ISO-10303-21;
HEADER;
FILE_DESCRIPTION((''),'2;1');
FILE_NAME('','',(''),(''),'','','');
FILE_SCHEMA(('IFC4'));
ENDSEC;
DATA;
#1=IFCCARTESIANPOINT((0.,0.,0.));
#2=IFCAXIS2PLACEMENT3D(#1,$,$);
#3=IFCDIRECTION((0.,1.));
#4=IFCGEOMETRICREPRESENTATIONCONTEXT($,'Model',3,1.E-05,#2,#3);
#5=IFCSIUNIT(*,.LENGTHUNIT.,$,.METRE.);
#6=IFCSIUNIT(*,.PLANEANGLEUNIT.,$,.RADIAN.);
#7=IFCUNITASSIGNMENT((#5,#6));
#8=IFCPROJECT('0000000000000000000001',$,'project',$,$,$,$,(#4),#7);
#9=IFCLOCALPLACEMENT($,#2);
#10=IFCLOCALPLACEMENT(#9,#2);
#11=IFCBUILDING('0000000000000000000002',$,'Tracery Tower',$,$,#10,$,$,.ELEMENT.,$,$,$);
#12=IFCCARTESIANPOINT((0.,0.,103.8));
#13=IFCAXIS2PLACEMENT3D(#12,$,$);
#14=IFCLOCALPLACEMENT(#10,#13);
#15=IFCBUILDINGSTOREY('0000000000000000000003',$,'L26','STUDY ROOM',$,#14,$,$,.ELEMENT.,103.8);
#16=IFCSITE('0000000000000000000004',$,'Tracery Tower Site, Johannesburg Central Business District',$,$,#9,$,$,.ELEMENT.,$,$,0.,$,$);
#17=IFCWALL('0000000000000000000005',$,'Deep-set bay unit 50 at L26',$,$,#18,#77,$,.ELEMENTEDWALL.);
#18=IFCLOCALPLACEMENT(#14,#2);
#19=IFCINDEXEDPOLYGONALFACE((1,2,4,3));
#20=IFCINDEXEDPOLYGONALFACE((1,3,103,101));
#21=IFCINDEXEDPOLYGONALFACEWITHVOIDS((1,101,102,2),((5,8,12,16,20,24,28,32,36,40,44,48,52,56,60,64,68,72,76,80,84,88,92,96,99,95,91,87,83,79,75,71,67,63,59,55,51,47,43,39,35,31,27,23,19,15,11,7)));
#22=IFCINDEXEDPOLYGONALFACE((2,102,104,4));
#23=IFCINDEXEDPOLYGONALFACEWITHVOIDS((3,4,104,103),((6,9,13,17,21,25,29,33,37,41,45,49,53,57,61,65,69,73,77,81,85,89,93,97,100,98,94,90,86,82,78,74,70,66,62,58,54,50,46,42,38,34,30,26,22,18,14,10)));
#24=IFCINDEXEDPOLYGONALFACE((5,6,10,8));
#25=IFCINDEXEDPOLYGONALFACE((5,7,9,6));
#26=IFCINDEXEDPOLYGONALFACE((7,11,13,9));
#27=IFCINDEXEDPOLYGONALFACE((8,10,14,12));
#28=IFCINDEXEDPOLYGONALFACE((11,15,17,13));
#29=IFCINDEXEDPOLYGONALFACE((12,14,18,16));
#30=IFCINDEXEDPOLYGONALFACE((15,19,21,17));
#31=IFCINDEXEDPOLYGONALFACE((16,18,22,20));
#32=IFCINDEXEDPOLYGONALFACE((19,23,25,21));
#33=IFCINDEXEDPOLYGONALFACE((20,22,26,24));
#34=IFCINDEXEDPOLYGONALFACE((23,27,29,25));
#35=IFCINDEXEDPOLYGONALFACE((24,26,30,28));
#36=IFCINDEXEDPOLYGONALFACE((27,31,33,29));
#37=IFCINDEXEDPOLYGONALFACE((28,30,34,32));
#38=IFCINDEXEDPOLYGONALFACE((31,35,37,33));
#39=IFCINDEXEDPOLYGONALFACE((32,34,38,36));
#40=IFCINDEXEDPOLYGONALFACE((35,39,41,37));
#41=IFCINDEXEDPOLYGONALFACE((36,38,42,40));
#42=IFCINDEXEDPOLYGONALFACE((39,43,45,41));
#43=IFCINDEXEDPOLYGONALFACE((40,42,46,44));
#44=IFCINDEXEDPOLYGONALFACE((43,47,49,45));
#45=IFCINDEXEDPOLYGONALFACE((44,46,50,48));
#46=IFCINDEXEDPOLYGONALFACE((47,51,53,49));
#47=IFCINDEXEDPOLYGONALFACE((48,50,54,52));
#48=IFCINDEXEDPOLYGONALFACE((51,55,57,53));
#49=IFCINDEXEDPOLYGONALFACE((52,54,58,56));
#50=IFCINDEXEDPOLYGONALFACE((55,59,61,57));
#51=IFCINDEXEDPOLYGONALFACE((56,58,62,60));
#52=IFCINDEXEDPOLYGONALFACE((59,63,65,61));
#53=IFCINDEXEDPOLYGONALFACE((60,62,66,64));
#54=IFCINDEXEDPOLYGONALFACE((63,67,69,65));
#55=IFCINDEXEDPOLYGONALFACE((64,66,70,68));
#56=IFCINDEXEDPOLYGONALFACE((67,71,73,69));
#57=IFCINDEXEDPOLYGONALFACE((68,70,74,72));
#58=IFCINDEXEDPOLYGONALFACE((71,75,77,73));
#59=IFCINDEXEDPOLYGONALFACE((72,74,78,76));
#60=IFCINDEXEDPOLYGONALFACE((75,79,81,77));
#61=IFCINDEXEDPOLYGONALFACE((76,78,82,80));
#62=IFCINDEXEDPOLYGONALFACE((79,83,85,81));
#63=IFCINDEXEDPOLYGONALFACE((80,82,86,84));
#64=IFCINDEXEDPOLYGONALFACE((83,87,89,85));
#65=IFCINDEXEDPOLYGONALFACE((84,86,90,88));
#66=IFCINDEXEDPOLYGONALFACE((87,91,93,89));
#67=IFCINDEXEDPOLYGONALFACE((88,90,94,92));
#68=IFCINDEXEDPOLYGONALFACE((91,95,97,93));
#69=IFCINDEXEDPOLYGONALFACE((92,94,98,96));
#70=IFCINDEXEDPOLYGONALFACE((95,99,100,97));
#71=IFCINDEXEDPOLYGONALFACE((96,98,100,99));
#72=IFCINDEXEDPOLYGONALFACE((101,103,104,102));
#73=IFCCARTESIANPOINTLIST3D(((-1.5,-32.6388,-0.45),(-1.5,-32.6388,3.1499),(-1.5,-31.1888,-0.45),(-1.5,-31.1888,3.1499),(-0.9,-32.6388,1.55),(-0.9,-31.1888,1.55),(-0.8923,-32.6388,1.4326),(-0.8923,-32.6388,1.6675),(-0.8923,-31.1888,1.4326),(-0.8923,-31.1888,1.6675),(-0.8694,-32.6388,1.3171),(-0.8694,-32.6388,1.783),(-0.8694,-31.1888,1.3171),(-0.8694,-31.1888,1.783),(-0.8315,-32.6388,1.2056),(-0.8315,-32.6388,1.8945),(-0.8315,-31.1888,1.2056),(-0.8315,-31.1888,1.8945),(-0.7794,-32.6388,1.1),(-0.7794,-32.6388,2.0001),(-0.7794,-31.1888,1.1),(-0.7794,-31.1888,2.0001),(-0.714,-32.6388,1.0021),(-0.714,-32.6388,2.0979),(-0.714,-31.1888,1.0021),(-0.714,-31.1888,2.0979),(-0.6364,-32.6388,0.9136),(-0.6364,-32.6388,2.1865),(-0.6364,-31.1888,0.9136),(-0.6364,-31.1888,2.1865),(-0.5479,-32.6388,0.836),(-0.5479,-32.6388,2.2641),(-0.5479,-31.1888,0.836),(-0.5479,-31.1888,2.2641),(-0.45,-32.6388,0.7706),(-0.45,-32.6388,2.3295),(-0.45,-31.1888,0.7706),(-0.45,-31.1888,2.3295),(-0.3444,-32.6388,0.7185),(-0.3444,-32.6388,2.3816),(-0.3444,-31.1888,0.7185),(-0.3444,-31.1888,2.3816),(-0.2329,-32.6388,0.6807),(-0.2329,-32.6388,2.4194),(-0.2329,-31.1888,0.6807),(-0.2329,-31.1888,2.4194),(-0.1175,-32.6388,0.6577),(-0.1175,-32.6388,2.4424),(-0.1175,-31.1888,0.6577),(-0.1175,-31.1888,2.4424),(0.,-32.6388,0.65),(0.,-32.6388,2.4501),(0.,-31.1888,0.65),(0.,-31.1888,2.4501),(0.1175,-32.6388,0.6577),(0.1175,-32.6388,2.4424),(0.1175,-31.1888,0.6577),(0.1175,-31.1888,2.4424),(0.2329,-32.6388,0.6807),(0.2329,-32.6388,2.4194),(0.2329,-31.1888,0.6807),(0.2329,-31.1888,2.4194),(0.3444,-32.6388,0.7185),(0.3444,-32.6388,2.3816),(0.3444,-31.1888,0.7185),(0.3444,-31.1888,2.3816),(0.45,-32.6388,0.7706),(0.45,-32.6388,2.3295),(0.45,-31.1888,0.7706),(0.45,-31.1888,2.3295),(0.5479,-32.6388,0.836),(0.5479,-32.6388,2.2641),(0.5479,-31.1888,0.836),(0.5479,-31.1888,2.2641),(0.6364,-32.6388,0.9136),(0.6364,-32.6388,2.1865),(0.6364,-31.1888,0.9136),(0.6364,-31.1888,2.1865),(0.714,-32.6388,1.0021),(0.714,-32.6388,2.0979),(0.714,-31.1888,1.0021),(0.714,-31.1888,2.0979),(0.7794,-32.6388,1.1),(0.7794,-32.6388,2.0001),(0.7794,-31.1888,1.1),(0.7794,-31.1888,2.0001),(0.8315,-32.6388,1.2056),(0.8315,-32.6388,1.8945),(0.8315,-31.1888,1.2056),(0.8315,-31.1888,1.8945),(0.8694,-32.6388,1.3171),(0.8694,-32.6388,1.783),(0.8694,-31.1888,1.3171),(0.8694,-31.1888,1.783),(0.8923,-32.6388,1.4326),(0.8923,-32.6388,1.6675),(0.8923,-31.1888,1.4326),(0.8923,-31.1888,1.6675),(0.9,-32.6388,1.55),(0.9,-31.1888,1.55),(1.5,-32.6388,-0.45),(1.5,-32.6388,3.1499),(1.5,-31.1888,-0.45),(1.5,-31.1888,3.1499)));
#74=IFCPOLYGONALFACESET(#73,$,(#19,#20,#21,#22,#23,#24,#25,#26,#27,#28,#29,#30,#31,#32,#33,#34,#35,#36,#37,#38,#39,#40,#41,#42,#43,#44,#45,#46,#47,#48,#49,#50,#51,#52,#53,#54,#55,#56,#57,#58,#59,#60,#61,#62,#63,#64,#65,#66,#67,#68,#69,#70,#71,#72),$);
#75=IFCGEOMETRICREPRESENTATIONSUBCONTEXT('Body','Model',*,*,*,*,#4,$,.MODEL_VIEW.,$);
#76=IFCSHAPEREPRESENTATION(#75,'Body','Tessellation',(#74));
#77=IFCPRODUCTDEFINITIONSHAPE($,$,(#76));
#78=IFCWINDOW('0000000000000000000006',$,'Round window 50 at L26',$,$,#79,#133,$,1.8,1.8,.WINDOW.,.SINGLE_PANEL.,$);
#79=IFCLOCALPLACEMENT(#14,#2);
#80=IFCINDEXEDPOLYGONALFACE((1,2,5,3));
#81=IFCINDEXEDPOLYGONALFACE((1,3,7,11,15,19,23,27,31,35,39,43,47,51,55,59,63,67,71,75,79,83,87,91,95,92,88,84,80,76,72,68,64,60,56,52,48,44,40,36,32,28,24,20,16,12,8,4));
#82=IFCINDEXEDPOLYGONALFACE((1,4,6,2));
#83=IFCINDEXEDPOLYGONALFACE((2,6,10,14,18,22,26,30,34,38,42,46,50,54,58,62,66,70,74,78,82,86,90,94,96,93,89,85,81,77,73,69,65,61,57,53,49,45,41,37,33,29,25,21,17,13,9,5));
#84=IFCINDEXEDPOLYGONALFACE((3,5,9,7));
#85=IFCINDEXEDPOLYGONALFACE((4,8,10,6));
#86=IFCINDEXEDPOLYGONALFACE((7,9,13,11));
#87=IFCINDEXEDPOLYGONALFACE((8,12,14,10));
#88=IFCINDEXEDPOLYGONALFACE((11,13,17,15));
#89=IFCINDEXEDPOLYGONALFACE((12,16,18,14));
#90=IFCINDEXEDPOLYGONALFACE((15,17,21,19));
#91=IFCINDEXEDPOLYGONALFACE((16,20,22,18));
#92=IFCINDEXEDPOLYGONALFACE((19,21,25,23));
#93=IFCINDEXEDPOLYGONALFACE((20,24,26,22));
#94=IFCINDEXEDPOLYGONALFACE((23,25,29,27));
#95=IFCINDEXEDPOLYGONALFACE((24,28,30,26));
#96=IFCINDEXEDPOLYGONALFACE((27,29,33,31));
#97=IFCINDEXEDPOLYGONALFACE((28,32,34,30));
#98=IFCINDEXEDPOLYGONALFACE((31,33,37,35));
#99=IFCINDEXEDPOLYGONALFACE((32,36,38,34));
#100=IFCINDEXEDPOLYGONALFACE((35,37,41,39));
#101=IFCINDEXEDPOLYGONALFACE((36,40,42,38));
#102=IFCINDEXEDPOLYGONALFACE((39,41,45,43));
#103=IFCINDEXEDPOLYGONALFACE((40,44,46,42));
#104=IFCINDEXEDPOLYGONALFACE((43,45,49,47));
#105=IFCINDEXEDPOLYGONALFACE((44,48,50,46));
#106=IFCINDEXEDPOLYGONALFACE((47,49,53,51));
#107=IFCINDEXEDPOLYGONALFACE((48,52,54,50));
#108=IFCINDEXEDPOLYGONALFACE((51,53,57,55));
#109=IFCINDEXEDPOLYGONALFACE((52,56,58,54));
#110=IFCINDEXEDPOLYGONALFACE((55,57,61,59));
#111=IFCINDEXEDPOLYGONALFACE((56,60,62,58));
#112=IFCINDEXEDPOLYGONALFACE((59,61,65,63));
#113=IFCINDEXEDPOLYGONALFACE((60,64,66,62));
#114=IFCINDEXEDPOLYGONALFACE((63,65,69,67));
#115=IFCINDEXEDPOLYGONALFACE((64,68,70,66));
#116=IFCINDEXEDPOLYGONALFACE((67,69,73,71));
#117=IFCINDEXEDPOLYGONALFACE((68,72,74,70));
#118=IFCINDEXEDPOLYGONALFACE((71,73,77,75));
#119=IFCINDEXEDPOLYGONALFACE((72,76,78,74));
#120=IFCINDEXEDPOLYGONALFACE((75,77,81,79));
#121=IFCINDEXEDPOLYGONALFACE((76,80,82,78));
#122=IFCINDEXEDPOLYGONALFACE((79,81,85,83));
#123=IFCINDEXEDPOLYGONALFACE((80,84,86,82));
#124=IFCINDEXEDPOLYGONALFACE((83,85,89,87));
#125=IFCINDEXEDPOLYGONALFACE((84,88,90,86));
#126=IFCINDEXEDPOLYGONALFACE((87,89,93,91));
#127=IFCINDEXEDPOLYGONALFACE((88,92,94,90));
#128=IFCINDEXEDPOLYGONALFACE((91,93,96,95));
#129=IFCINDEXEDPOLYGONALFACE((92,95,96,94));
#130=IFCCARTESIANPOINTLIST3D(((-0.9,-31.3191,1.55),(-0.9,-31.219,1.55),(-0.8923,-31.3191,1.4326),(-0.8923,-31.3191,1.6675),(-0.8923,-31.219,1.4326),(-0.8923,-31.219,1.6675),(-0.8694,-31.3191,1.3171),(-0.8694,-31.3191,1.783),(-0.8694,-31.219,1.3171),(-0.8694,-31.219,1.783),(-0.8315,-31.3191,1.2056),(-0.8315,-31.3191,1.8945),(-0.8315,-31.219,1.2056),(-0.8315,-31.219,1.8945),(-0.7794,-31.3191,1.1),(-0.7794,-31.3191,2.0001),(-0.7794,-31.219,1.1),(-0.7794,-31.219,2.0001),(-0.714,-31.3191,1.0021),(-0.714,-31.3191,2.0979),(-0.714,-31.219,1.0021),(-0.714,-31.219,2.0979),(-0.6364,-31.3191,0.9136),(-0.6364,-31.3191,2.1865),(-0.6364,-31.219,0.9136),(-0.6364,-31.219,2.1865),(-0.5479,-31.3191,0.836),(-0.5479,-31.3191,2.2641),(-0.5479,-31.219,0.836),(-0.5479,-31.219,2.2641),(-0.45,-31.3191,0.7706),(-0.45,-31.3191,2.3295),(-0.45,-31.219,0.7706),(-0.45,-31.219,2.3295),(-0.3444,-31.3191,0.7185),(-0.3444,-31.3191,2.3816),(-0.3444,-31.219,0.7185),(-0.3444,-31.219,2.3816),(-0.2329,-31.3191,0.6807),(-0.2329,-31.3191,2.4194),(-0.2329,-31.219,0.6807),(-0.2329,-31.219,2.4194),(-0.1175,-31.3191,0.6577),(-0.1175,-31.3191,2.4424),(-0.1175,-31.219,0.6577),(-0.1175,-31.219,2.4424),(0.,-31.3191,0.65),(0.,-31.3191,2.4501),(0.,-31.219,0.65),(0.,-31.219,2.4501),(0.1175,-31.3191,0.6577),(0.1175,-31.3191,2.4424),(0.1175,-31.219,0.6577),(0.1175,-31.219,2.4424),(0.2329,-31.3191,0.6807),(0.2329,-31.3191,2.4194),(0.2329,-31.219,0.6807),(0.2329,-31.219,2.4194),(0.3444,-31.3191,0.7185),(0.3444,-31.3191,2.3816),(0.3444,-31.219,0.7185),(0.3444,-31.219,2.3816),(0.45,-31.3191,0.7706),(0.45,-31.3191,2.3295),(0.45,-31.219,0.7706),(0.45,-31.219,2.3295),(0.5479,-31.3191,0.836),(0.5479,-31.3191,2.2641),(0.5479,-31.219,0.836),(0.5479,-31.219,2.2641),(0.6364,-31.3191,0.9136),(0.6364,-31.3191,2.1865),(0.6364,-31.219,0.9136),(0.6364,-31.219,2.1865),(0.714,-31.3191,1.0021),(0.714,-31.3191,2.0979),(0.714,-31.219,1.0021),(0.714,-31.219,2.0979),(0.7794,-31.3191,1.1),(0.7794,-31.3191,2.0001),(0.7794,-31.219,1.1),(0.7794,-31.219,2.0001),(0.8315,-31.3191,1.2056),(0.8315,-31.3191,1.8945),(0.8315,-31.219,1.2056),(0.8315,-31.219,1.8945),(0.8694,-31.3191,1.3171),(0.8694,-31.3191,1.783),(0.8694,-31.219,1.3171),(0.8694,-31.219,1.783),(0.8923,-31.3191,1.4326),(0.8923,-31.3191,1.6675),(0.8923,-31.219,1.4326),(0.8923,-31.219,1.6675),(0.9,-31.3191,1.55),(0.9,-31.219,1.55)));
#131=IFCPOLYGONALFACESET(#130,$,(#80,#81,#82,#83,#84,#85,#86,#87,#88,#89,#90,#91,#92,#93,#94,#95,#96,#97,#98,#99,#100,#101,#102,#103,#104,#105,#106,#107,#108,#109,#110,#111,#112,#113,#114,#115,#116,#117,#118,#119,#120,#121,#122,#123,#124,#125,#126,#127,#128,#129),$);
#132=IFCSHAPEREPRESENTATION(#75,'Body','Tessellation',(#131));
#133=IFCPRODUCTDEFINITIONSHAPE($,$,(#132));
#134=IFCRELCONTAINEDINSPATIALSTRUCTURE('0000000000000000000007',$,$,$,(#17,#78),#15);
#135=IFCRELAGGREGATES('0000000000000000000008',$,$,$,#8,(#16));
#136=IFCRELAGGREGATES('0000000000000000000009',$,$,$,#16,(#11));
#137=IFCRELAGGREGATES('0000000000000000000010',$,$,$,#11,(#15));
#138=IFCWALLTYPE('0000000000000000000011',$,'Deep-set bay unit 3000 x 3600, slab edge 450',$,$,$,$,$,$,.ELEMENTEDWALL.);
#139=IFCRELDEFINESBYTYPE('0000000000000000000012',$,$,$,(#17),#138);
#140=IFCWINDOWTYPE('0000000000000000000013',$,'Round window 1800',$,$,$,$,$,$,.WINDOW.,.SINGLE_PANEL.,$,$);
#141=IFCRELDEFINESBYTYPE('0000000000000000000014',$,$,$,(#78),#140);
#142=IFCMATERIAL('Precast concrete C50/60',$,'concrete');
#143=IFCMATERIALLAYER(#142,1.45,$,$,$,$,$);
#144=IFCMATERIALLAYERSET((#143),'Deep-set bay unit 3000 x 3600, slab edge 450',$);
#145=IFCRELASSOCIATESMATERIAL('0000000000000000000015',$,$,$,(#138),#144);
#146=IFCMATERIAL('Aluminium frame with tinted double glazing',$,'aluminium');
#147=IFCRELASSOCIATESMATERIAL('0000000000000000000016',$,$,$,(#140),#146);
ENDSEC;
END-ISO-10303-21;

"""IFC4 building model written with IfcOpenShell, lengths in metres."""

from ifc_helpers import new_model, si_unit, direction, frame, frame_2d, origin, origin_2d, place, context, subcontext, project, spatial, rectangle, circle, extrude, material, layer, layer_set, type_object, element, fill, save


model = new_model("IFC4")

# Units and contexts
model_context = context("Model", 3, precision=1e-05, world=origin(), true_north=direction((0.0, 1.0)))
body_context = subcontext(model_context, "Body", "Model", "MODEL_VIEW")
ifc_project = project(units=[si_unit("LENGTHUNIT", "METRE"), si_unit("PLANEANGLEUNIT", "RADIAN")], contexts=[model_context])

# Site, building, storey
site_placement = place(None, origin())
site = spatial("IfcSite", under=ifc_project, at=site_placement, Name="Tracery Tower Site, Johannesburg Central Business District", CompositionType="ELEMENT", RefElevation=0.0)
building_placement = place(site_placement, origin())
building = spatial("IfcBuilding", under=site, at=building_placement, Name="Tracery Tower", CompositionType="ELEMENT")
storey_placement = place(building_placement, frame((0.0, 0.0, 103.8)))
storey = spatial("IfcBuildingStorey", under=building, at=storey_placement, Name="L26", Description="STUDY ROOM", CompositionType="ELEMENT", Elevation=103.8)

# Wall, opening, window
ifc_material_1 = material(Name="Precast concrete C50/60", Category="concrete")
ifc_layer_1 = layer(ifc_material_1, 1.45)
ifc_layer_set_1 = layer_set([ifc_layer_1], Name="Deep-set bay unit 3000 x 3600, slab edge 450")
wall_type_1 = type_object("IfcWallType", Name="Deep-set bay unit 3000 x 3600, slab edge 450", PredefinedType="ELEMENTEDWALL", material=ifc_layer_set_1)
ifc_material_2 = material(Name="Aluminium frame with tinted double glazing", Category="aluminium")
window_type = type_object("IfcWindowType", Name="Round window 1800", PartitioningType="SINGLE_PANEL", PredefinedType="WINDOW", material=ifc_material_2)
wall_1_placement = place(storey_placement, frame((-1.5, -31.9138, -0.45), z_axis=(0.0, 0.0, 1.0), x_axis=(1.0, 0.0, 0.0)))
wall_1 = element("IfcWall", 1, at=wall_1_placement, inside=storey, type_object=wall_type_1, Name="Deep-set bay unit 50 at L26", PredefinedType="ELEMENTEDWALL", context=body_context, shape_type="SweptSolid", body=[
    extrude(rectangle(XDim=3.0, YDim=1.45, at=frame_2d((1.5, 0.0))), origin(), (0.0, 0.0, 1.0), 3.5999),
])
opening_1_placement = place(wall_1_placement, frame((1.5, 0.0, 2.0)))
opening_1 = element("IfcOpeningElement", 2, at=opening_1_placement, cuts=wall_1, PredefinedType="OPENING", context=body_context, shape_type="SweptSolid", body=[
    extrude(circle(Radius=0.9, at=origin_2d()), frame((0.0, 0.7349, 0.0), z_axis=(0.0, -1.0, 0.0), x_axis=(1.0, 0.0, 0.0)), (0.0, 0.0, 1.0), 1.47),
])
window_1_placement = place(opening_1_placement, origin())
window_1 = element("IfcWindow", 3, at=window_1_placement, inside=storey, type_object=window_type, Name="Round window 50 at L26", OverallHeight=1.8, OverallWidth=1.8, PartitioningType="SINGLE_PANEL", PredefinedType="WINDOW", context=body_context, shape_type="SweptSolid", body=[
    extrude(circle(Radius=0.9, at=origin_2d()), frame((0.0, 0.6948, 0.0), z_axis=(0.0, -1.0, 0.0), x_axis=(1.0, 0.0, 0.0)), (0.0, 0.0, 1.0), 0.1001),
])
fill(opening_1, window_1)

save(model, "model.ifc")
